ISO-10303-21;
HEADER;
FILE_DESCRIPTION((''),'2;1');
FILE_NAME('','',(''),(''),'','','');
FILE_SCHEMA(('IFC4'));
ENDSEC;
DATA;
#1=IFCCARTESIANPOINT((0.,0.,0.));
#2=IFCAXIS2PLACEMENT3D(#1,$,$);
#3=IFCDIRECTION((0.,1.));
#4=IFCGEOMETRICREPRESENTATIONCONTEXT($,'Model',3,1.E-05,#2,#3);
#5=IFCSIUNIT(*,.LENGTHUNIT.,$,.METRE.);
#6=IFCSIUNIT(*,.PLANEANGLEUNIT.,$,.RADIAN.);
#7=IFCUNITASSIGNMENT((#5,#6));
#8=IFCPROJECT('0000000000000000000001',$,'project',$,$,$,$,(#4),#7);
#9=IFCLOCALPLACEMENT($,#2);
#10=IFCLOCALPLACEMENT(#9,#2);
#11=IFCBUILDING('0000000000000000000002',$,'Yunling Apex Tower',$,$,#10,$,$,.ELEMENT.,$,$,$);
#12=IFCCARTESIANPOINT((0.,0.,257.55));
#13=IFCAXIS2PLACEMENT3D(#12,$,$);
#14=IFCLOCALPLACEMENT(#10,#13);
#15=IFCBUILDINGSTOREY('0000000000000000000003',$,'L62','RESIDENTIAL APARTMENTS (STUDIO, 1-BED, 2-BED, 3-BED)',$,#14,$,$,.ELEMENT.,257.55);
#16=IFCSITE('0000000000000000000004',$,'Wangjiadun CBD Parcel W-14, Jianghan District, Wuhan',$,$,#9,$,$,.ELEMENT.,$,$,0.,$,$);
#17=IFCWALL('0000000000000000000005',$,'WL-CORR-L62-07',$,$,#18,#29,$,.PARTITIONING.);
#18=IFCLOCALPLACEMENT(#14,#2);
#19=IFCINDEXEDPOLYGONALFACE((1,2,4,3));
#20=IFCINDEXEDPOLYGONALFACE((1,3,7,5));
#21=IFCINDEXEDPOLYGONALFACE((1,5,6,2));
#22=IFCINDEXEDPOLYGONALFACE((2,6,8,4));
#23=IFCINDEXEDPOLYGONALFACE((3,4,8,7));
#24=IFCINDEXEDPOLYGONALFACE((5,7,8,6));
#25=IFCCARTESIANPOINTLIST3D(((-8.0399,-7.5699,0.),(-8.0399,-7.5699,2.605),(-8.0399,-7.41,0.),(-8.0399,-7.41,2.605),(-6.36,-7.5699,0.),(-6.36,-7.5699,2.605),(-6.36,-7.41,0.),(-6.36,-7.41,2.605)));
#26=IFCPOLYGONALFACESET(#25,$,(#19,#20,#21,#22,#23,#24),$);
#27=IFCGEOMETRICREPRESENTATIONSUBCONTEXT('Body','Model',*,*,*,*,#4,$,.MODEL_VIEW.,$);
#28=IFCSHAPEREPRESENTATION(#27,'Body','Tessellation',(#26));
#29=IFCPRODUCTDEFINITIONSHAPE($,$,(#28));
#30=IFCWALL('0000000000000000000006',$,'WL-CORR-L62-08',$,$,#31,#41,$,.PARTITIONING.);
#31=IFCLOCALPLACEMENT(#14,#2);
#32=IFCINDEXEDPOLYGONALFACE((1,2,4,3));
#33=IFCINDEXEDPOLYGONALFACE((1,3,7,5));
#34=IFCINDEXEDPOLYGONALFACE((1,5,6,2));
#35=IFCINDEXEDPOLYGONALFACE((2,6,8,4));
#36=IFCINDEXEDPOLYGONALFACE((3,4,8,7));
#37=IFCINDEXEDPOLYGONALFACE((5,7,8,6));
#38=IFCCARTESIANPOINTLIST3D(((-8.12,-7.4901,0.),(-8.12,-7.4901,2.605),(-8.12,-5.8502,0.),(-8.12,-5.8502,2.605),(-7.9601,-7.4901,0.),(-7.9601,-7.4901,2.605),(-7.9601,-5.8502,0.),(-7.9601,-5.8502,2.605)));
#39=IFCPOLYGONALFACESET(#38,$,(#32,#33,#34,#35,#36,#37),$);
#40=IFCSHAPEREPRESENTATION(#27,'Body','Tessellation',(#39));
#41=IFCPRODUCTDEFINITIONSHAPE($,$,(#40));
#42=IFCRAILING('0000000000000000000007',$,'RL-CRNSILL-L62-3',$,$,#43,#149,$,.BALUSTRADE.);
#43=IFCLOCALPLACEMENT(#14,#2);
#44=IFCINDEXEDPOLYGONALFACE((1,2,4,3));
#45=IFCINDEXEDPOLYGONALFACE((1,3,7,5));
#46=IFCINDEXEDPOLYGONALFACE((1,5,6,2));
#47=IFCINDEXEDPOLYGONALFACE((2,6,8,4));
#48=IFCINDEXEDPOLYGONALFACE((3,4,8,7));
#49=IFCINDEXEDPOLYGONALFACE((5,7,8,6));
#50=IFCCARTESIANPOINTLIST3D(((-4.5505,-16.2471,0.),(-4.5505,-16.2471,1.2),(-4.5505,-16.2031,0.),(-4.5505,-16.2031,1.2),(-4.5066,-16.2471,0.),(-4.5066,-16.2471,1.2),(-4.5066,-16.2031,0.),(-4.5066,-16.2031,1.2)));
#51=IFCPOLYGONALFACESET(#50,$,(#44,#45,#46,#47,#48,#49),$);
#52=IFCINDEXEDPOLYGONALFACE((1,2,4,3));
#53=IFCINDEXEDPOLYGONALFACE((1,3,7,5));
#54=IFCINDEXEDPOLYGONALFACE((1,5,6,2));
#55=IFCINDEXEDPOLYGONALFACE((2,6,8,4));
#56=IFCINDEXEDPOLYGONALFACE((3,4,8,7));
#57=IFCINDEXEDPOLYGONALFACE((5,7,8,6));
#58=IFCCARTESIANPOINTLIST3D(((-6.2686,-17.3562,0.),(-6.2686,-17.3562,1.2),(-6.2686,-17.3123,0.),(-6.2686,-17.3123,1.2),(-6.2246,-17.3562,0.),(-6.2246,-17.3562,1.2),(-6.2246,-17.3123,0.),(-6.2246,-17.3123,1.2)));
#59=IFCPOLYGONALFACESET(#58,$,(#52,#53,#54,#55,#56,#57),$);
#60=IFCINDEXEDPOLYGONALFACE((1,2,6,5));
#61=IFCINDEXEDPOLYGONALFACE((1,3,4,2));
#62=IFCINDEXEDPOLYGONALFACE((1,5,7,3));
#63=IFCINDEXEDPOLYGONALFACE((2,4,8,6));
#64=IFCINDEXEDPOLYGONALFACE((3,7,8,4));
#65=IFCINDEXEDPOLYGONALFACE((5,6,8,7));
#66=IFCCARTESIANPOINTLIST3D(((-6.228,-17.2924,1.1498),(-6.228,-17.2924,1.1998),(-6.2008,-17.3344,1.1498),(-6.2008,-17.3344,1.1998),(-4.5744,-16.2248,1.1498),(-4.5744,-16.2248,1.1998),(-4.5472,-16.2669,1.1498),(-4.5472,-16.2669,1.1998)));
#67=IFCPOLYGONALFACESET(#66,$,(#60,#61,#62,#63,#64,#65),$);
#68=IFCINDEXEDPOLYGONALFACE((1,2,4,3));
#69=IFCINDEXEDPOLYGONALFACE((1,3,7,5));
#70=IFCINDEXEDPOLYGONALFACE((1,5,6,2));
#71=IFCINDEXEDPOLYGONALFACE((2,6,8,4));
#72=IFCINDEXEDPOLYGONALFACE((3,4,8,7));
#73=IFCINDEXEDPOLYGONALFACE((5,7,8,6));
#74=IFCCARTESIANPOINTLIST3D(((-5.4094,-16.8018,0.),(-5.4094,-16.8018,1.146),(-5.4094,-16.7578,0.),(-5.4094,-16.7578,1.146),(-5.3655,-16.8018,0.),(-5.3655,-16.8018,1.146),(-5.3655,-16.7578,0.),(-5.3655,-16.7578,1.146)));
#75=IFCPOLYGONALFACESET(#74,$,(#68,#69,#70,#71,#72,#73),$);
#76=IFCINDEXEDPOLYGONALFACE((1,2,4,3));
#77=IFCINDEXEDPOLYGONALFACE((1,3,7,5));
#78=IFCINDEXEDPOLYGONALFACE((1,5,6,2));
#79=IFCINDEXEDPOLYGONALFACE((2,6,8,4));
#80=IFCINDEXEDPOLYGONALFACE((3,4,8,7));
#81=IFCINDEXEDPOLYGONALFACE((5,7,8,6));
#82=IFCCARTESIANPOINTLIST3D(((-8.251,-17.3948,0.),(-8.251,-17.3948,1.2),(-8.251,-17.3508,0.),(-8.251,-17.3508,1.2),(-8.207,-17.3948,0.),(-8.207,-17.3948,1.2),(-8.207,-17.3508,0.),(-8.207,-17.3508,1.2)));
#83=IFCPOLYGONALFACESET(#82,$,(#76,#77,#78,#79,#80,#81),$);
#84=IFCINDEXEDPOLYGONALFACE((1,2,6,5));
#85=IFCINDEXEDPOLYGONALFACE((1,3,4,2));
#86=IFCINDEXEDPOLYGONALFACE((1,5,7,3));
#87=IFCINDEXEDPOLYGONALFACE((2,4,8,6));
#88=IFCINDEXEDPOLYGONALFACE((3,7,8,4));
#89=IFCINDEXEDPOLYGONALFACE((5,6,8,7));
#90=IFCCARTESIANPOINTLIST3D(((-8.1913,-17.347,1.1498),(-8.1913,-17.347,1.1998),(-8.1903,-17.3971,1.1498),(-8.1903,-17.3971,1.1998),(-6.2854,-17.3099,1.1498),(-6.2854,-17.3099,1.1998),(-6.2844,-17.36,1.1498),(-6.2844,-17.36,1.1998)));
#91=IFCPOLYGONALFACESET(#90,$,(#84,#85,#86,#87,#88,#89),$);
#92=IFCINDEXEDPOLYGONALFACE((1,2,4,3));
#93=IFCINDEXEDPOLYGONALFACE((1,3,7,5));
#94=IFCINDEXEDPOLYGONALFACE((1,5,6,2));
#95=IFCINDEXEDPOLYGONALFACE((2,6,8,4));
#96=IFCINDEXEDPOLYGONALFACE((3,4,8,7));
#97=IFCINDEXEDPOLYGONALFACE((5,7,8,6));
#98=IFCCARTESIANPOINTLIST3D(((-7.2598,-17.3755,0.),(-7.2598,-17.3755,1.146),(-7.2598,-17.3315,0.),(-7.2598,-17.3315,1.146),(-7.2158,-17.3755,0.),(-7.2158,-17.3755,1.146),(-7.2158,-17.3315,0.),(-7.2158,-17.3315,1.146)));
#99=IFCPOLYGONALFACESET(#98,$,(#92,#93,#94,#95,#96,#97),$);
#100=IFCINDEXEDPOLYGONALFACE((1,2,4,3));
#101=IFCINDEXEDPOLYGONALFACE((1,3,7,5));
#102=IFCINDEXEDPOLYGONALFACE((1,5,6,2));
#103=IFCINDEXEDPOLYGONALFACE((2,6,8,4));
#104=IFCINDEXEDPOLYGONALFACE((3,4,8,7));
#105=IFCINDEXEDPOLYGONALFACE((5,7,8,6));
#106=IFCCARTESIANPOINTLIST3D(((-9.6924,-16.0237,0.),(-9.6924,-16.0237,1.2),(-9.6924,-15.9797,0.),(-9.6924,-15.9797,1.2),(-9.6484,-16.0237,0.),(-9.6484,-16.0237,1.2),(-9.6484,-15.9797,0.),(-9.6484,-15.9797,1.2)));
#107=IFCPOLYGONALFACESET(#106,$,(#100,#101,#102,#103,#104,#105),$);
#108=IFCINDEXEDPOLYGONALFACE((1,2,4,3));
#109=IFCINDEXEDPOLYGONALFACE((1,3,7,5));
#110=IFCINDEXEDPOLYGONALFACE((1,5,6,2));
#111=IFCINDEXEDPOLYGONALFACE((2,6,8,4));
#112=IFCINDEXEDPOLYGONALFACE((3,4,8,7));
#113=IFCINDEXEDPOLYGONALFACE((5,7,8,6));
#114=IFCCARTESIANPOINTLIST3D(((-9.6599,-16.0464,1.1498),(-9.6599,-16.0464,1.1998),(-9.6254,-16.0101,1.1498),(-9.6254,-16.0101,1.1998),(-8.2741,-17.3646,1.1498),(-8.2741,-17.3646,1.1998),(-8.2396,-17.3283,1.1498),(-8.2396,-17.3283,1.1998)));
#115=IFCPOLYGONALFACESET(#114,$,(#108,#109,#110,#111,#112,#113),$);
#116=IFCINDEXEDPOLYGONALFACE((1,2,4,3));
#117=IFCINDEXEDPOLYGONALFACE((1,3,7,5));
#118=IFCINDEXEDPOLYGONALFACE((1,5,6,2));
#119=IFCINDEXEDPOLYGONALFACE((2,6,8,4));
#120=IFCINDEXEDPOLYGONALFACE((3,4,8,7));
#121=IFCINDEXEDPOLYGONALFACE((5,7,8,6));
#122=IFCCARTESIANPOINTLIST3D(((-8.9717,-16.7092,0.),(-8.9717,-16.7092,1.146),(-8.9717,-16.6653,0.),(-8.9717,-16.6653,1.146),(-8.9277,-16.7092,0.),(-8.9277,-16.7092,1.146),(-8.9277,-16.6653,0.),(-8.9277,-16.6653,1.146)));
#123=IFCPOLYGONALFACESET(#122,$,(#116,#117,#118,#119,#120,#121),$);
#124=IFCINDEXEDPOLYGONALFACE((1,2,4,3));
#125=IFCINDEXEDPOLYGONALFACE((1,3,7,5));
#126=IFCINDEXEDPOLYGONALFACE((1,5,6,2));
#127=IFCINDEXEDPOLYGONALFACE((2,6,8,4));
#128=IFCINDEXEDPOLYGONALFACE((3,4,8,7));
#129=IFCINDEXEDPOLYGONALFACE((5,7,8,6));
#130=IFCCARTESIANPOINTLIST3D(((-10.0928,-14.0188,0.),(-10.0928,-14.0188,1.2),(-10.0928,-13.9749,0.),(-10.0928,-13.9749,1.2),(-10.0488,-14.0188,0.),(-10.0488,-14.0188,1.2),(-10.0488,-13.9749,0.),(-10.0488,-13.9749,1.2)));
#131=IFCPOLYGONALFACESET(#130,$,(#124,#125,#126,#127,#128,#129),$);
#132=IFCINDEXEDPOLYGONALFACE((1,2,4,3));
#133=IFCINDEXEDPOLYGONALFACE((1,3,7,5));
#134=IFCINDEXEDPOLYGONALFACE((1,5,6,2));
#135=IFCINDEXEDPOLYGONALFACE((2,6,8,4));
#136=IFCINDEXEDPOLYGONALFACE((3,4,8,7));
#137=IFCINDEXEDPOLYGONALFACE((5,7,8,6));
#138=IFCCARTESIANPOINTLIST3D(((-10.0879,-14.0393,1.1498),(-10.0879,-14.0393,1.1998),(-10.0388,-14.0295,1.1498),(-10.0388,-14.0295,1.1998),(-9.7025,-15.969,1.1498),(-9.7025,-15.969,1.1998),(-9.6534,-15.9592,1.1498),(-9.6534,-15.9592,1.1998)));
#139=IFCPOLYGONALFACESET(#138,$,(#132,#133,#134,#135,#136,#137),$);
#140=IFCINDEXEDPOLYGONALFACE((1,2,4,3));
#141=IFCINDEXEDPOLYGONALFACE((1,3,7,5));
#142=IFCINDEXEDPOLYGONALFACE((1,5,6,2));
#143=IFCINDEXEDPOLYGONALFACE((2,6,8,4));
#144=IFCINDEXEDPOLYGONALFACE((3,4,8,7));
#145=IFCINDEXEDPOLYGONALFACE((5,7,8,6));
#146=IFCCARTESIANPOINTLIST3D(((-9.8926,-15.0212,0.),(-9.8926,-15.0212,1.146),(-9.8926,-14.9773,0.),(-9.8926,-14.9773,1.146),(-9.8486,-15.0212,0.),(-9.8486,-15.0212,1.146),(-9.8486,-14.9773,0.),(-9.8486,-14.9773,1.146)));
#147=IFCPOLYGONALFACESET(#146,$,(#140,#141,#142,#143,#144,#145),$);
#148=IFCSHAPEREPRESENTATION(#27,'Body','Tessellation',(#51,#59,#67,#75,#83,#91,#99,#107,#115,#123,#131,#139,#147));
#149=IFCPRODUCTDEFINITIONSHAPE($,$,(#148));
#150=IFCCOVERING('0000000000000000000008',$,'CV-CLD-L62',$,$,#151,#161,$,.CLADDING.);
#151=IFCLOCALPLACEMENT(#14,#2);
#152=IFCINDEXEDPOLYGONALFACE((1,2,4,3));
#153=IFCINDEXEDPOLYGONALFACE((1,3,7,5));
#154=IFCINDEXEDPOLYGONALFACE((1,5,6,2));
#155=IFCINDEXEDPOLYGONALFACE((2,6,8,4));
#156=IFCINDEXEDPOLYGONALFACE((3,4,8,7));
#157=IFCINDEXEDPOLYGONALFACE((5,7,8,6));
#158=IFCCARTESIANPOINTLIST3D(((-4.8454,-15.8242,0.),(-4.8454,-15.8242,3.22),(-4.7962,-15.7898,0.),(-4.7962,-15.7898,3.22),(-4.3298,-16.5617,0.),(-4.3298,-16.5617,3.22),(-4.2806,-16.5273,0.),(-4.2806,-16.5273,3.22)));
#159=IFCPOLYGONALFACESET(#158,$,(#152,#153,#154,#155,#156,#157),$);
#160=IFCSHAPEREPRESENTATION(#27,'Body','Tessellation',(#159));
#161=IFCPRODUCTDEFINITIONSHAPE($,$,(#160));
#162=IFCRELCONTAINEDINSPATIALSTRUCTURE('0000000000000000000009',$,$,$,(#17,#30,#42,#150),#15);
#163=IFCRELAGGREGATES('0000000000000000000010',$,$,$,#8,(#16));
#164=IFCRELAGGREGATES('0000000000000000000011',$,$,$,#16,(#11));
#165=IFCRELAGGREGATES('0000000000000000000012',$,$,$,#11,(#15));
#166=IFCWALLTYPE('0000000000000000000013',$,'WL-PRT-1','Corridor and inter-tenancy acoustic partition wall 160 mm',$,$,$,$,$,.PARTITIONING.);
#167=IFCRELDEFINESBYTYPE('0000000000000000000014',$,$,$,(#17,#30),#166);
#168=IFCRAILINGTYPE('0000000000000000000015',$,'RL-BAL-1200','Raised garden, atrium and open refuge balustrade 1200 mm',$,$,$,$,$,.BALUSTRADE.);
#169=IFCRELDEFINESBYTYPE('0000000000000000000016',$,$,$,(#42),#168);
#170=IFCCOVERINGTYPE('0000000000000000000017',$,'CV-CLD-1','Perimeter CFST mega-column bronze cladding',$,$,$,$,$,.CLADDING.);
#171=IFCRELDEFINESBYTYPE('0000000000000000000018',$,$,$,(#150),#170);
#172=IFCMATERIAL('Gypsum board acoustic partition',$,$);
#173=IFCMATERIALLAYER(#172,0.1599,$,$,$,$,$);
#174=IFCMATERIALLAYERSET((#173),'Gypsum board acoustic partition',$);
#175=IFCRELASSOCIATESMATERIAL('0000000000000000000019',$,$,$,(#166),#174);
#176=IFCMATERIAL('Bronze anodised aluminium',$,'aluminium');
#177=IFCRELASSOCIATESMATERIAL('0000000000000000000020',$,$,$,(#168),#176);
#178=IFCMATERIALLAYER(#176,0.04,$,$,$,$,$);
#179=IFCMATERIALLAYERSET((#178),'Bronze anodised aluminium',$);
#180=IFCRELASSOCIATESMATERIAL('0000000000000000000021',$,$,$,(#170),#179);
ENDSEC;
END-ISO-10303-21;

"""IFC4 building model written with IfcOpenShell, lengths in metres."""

from ifc_helpers import new_model, si_unit, direction, frame, frame_2d, origin, origin_2d, place, context, subcontext, project, spatial, rectangle, extrude, source, transform, mapped, material, layer, layer_set, type_object, element, save


model = new_model("IFC4")

# Units and contexts
model_context = context("Model", 3, precision=1e-05, world=origin(), true_north=direction((0.0, 1.0)))
body_context = subcontext(model_context, "Body", "Model", "MODEL_VIEW")
ifc_project = project(units=[si_unit("LENGTHUNIT", "METRE"), si_unit("PLANEANGLEUNIT", "RADIAN")], contexts=[model_context])

# Site, building, storey
site_placement = place(None, origin())
site = spatial("IfcSite", under=ifc_project, at=site_placement, Name="Wangjiadun CBD Parcel W-14, Jianghan District, Wuhan", CompositionType="ELEMENT", RefElevation=0.0)
building_placement = place(site_placement, origin())
building = spatial("IfcBuilding", under=site, at=building_placement, Name="Yunling Apex Tower", CompositionType="ELEMENT")
storey_placement = place(building_placement, frame((0.0, 0.0, 257.55)))
storey = spatial("IfcBuildingStorey", under=building, at=storey_placement, Name="L62", Description="RESIDENTIAL APARTMENTS (STUDIO, 1-BED, 2-BED, 3-BED)", CompositionType="ELEMENT", Elevation=257.55)

# Shared definitions
ifc_material_1 = material(Name="Bronze anodised aluminium", Category="aluminium")

# Walls
ifc_material_2 = material(Name="Gypsum board acoustic partition")
ifc_layer_1 = layer(ifc_material_2, 0.1599)
ifc_layer_set_1 = layer_set([ifc_layer_1], Name="Gypsum board acoustic partition")
wall_type = type_object("IfcWallType", Name="WL-PRT-1", Description="Corridor and inter-tenancy acoustic partition wall 160 mm", PredefinedType="PARTITIONING", material=ifc_layer_set_1)
wall_1_placement = place(storey_placement, frame((-6.3601, -7.49, 0.0), z_axis=(0.0, 0.0, 1.0), x_axis=(-1.0, 0.0, 0.0)))
element("IfcWall", 1, at=wall_1_placement, inside=storey, type_object=wall_type, Name="WL-CORR-L62-07", PredefinedType="PARTITIONING", context=body_context, shape_type="SweptSolid", body=[
    extrude(rectangle(XDim=1.6799, YDim=0.1599, at=frame_2d((0.8398, 0.0))), origin(), (0.0, 0.0, 1.0), 2.605),
])
wall_2_placement = place(storey_placement, frame((-8.04, -7.49, 0.0), z_axis=(0.0, 0.0, 1.0), x_axis=(0.0, 1.0, 0.0)))
element("IfcWall", 2, at=wall_2_placement, inside=storey, type_object=wall_type, Name="WL-CORR-L62-08", PredefinedType="PARTITIONING", context=body_context, shape_type="SweptSolid", body=[
    extrude(rectangle(XDim=1.6399, YDim=0.1599, at=frame_2d((0.8198, 0.0))), origin(), (0.0, 0.0, 1.0), 2.605),
])

# Railing
railing_type = type_object("IfcRailingType", Name="RL-BAL-1200", Description="Raised garden, atrium and open refuge balustrade 1200 mm", PredefinedType="BALUSTRADE", material=ifc_material_1)
railing_placement = place(storey_placement, frame((-4.5286, -16.2251, 0.0)))
element("IfcRailing", 3, at=railing_placement, inside=storey, type_object=railing_type, Name="RL-CRNSILL-L62-3", PredefinedType="BALUSTRADE", context=body_context, shape_type="SweptSolid", body=[
    extrude(rectangle(XDim=0.0439, YDim=0.0439, at=origin_2d()), origin(), (0.0, 0.0, 1.0), 1.2),
    extrude(rectangle(XDim=0.0439, YDim=0.0439, at=origin_2d()), frame((-1.718, -1.1091, 0.0)), (0.0, 0.0, 1.0), 1.2),
    extrude(rectangle(XDim=0.05, YDim=0.05, at=origin_2d()), frame((-0.0322, -0.0208, 1.1748), z_axis=(-0.840133, -0.54238, 0.0), x_axis=(0.54238, -0.840133, 0.0)), (0.0, 0.0, 1.0), 1.9683),
    extrude(rectangle(XDim=0.0439, YDim=0.0439, at=origin_2d()), frame((-0.8589, -0.5547, 0.0)), (0.0, 0.0, 1.0), 1.146),
    extrude(rectangle(XDim=0.0439, YDim=0.0439, at=origin_2d()), frame((-3.7004, -1.1477, 0.0)), (0.0, 0.0, 1.0), 1.2),
    extrude(rectangle(XDim=0.05, YDim=0.05, at=origin_2d()), frame((-1.7563, -1.1099, 1.1748), z_axis=(-0.999811, -0.019454, 0.0), x_axis=(0.019454, -0.999811, 0.0)), (0.0, 0.0, 1.0), 1.9062),
    extrude(rectangle(XDim=0.0439, YDim=0.0439, at=origin_2d()), frame((-2.7092, -1.1284, 0.0)), (0.0, 0.0, 1.0), 1.146),
    extrude(rectangle(XDim=0.0439, YDim=0.0439, at=origin_2d()), frame((-5.1418, 0.2234, 0.0)), (0.0, 0.0, 1.0), 1.2),
    extrude(rectangle(XDim=0.05, YDim=0.05, at=origin_2d()), frame((-3.7283, -1.1213, 1.1748), z_axis=(-0.724558, 0.689214, 0.0), x_axis=(-0.689214, -0.724558, 0.0)), (0.0, 0.0, 1.0), 1.9126),
    extrude(rectangle(XDim=0.0439, YDim=0.0439, at=origin_2d()), frame((-4.4211, -0.4622, 0.0)), (0.0, 0.0, 1.0), 1.146),
    extrude(rectangle(XDim=0.0439, YDim=0.0439, at=origin_2d()), frame((-5.5422, 2.2283, 0.0)), (0.0, 0.0, 1.0), 1.2),
    extrude(rectangle(XDim=0.05, YDim=0.05, at=origin_2d()), frame((-5.1494, 0.261, 1.1748), z_axis=(-0.195841, 0.980636, 0.0), x_axis=(-0.980636, -0.195841, 0.0)), (0.0, 0.0, 1.0), 1.9678),
    extrude(rectangle(XDim=0.0439, YDim=0.0439, at=origin_2d()), frame((-5.342, 1.2258, 0.0)), (0.0, 0.0, 1.0), 1.146),
])

# Covering
ifc_layer_2 = layer(ifc_material_1, 0.04)
ifc_layer_set_2 = layer_set([ifc_layer_2], Name="Bronze anodised aluminium")
covering_type = type_object("IfcCoveringType", Name="CV-CLD-1", Description="Perimeter CFST mega-column bronze cladding", PredefinedType="CLADDING", material=ifc_layer_set_2)
shared_shape_1 = source(origin(), body_context, "Body", "SweptSolid", [
    extrude(rectangle(XDim=0.0601, YDim=0.8999, at=origin_2d()), origin(), (0.0, 0.0, 1.0), 3.22),
])
covering_placement = place(storey_placement, frame((-4.563, -16.1758, 0.0), z_axis=(0.0, 0.0, 1.0), x_axis=(0.819552, 0.573004, 0.0)))
element("IfcCovering", 4, at=covering_placement, inside=storey, type_object=covering_type, Name="CV-CLD-L62", PredefinedType="CLADDING", context=body_context, shape_type="MappedRepresentation", body=[
    mapped(shared_shape_1, transform((0.0, 0.0, 0.0), scale=1.0)),
])

save(model, "model.ifc")
